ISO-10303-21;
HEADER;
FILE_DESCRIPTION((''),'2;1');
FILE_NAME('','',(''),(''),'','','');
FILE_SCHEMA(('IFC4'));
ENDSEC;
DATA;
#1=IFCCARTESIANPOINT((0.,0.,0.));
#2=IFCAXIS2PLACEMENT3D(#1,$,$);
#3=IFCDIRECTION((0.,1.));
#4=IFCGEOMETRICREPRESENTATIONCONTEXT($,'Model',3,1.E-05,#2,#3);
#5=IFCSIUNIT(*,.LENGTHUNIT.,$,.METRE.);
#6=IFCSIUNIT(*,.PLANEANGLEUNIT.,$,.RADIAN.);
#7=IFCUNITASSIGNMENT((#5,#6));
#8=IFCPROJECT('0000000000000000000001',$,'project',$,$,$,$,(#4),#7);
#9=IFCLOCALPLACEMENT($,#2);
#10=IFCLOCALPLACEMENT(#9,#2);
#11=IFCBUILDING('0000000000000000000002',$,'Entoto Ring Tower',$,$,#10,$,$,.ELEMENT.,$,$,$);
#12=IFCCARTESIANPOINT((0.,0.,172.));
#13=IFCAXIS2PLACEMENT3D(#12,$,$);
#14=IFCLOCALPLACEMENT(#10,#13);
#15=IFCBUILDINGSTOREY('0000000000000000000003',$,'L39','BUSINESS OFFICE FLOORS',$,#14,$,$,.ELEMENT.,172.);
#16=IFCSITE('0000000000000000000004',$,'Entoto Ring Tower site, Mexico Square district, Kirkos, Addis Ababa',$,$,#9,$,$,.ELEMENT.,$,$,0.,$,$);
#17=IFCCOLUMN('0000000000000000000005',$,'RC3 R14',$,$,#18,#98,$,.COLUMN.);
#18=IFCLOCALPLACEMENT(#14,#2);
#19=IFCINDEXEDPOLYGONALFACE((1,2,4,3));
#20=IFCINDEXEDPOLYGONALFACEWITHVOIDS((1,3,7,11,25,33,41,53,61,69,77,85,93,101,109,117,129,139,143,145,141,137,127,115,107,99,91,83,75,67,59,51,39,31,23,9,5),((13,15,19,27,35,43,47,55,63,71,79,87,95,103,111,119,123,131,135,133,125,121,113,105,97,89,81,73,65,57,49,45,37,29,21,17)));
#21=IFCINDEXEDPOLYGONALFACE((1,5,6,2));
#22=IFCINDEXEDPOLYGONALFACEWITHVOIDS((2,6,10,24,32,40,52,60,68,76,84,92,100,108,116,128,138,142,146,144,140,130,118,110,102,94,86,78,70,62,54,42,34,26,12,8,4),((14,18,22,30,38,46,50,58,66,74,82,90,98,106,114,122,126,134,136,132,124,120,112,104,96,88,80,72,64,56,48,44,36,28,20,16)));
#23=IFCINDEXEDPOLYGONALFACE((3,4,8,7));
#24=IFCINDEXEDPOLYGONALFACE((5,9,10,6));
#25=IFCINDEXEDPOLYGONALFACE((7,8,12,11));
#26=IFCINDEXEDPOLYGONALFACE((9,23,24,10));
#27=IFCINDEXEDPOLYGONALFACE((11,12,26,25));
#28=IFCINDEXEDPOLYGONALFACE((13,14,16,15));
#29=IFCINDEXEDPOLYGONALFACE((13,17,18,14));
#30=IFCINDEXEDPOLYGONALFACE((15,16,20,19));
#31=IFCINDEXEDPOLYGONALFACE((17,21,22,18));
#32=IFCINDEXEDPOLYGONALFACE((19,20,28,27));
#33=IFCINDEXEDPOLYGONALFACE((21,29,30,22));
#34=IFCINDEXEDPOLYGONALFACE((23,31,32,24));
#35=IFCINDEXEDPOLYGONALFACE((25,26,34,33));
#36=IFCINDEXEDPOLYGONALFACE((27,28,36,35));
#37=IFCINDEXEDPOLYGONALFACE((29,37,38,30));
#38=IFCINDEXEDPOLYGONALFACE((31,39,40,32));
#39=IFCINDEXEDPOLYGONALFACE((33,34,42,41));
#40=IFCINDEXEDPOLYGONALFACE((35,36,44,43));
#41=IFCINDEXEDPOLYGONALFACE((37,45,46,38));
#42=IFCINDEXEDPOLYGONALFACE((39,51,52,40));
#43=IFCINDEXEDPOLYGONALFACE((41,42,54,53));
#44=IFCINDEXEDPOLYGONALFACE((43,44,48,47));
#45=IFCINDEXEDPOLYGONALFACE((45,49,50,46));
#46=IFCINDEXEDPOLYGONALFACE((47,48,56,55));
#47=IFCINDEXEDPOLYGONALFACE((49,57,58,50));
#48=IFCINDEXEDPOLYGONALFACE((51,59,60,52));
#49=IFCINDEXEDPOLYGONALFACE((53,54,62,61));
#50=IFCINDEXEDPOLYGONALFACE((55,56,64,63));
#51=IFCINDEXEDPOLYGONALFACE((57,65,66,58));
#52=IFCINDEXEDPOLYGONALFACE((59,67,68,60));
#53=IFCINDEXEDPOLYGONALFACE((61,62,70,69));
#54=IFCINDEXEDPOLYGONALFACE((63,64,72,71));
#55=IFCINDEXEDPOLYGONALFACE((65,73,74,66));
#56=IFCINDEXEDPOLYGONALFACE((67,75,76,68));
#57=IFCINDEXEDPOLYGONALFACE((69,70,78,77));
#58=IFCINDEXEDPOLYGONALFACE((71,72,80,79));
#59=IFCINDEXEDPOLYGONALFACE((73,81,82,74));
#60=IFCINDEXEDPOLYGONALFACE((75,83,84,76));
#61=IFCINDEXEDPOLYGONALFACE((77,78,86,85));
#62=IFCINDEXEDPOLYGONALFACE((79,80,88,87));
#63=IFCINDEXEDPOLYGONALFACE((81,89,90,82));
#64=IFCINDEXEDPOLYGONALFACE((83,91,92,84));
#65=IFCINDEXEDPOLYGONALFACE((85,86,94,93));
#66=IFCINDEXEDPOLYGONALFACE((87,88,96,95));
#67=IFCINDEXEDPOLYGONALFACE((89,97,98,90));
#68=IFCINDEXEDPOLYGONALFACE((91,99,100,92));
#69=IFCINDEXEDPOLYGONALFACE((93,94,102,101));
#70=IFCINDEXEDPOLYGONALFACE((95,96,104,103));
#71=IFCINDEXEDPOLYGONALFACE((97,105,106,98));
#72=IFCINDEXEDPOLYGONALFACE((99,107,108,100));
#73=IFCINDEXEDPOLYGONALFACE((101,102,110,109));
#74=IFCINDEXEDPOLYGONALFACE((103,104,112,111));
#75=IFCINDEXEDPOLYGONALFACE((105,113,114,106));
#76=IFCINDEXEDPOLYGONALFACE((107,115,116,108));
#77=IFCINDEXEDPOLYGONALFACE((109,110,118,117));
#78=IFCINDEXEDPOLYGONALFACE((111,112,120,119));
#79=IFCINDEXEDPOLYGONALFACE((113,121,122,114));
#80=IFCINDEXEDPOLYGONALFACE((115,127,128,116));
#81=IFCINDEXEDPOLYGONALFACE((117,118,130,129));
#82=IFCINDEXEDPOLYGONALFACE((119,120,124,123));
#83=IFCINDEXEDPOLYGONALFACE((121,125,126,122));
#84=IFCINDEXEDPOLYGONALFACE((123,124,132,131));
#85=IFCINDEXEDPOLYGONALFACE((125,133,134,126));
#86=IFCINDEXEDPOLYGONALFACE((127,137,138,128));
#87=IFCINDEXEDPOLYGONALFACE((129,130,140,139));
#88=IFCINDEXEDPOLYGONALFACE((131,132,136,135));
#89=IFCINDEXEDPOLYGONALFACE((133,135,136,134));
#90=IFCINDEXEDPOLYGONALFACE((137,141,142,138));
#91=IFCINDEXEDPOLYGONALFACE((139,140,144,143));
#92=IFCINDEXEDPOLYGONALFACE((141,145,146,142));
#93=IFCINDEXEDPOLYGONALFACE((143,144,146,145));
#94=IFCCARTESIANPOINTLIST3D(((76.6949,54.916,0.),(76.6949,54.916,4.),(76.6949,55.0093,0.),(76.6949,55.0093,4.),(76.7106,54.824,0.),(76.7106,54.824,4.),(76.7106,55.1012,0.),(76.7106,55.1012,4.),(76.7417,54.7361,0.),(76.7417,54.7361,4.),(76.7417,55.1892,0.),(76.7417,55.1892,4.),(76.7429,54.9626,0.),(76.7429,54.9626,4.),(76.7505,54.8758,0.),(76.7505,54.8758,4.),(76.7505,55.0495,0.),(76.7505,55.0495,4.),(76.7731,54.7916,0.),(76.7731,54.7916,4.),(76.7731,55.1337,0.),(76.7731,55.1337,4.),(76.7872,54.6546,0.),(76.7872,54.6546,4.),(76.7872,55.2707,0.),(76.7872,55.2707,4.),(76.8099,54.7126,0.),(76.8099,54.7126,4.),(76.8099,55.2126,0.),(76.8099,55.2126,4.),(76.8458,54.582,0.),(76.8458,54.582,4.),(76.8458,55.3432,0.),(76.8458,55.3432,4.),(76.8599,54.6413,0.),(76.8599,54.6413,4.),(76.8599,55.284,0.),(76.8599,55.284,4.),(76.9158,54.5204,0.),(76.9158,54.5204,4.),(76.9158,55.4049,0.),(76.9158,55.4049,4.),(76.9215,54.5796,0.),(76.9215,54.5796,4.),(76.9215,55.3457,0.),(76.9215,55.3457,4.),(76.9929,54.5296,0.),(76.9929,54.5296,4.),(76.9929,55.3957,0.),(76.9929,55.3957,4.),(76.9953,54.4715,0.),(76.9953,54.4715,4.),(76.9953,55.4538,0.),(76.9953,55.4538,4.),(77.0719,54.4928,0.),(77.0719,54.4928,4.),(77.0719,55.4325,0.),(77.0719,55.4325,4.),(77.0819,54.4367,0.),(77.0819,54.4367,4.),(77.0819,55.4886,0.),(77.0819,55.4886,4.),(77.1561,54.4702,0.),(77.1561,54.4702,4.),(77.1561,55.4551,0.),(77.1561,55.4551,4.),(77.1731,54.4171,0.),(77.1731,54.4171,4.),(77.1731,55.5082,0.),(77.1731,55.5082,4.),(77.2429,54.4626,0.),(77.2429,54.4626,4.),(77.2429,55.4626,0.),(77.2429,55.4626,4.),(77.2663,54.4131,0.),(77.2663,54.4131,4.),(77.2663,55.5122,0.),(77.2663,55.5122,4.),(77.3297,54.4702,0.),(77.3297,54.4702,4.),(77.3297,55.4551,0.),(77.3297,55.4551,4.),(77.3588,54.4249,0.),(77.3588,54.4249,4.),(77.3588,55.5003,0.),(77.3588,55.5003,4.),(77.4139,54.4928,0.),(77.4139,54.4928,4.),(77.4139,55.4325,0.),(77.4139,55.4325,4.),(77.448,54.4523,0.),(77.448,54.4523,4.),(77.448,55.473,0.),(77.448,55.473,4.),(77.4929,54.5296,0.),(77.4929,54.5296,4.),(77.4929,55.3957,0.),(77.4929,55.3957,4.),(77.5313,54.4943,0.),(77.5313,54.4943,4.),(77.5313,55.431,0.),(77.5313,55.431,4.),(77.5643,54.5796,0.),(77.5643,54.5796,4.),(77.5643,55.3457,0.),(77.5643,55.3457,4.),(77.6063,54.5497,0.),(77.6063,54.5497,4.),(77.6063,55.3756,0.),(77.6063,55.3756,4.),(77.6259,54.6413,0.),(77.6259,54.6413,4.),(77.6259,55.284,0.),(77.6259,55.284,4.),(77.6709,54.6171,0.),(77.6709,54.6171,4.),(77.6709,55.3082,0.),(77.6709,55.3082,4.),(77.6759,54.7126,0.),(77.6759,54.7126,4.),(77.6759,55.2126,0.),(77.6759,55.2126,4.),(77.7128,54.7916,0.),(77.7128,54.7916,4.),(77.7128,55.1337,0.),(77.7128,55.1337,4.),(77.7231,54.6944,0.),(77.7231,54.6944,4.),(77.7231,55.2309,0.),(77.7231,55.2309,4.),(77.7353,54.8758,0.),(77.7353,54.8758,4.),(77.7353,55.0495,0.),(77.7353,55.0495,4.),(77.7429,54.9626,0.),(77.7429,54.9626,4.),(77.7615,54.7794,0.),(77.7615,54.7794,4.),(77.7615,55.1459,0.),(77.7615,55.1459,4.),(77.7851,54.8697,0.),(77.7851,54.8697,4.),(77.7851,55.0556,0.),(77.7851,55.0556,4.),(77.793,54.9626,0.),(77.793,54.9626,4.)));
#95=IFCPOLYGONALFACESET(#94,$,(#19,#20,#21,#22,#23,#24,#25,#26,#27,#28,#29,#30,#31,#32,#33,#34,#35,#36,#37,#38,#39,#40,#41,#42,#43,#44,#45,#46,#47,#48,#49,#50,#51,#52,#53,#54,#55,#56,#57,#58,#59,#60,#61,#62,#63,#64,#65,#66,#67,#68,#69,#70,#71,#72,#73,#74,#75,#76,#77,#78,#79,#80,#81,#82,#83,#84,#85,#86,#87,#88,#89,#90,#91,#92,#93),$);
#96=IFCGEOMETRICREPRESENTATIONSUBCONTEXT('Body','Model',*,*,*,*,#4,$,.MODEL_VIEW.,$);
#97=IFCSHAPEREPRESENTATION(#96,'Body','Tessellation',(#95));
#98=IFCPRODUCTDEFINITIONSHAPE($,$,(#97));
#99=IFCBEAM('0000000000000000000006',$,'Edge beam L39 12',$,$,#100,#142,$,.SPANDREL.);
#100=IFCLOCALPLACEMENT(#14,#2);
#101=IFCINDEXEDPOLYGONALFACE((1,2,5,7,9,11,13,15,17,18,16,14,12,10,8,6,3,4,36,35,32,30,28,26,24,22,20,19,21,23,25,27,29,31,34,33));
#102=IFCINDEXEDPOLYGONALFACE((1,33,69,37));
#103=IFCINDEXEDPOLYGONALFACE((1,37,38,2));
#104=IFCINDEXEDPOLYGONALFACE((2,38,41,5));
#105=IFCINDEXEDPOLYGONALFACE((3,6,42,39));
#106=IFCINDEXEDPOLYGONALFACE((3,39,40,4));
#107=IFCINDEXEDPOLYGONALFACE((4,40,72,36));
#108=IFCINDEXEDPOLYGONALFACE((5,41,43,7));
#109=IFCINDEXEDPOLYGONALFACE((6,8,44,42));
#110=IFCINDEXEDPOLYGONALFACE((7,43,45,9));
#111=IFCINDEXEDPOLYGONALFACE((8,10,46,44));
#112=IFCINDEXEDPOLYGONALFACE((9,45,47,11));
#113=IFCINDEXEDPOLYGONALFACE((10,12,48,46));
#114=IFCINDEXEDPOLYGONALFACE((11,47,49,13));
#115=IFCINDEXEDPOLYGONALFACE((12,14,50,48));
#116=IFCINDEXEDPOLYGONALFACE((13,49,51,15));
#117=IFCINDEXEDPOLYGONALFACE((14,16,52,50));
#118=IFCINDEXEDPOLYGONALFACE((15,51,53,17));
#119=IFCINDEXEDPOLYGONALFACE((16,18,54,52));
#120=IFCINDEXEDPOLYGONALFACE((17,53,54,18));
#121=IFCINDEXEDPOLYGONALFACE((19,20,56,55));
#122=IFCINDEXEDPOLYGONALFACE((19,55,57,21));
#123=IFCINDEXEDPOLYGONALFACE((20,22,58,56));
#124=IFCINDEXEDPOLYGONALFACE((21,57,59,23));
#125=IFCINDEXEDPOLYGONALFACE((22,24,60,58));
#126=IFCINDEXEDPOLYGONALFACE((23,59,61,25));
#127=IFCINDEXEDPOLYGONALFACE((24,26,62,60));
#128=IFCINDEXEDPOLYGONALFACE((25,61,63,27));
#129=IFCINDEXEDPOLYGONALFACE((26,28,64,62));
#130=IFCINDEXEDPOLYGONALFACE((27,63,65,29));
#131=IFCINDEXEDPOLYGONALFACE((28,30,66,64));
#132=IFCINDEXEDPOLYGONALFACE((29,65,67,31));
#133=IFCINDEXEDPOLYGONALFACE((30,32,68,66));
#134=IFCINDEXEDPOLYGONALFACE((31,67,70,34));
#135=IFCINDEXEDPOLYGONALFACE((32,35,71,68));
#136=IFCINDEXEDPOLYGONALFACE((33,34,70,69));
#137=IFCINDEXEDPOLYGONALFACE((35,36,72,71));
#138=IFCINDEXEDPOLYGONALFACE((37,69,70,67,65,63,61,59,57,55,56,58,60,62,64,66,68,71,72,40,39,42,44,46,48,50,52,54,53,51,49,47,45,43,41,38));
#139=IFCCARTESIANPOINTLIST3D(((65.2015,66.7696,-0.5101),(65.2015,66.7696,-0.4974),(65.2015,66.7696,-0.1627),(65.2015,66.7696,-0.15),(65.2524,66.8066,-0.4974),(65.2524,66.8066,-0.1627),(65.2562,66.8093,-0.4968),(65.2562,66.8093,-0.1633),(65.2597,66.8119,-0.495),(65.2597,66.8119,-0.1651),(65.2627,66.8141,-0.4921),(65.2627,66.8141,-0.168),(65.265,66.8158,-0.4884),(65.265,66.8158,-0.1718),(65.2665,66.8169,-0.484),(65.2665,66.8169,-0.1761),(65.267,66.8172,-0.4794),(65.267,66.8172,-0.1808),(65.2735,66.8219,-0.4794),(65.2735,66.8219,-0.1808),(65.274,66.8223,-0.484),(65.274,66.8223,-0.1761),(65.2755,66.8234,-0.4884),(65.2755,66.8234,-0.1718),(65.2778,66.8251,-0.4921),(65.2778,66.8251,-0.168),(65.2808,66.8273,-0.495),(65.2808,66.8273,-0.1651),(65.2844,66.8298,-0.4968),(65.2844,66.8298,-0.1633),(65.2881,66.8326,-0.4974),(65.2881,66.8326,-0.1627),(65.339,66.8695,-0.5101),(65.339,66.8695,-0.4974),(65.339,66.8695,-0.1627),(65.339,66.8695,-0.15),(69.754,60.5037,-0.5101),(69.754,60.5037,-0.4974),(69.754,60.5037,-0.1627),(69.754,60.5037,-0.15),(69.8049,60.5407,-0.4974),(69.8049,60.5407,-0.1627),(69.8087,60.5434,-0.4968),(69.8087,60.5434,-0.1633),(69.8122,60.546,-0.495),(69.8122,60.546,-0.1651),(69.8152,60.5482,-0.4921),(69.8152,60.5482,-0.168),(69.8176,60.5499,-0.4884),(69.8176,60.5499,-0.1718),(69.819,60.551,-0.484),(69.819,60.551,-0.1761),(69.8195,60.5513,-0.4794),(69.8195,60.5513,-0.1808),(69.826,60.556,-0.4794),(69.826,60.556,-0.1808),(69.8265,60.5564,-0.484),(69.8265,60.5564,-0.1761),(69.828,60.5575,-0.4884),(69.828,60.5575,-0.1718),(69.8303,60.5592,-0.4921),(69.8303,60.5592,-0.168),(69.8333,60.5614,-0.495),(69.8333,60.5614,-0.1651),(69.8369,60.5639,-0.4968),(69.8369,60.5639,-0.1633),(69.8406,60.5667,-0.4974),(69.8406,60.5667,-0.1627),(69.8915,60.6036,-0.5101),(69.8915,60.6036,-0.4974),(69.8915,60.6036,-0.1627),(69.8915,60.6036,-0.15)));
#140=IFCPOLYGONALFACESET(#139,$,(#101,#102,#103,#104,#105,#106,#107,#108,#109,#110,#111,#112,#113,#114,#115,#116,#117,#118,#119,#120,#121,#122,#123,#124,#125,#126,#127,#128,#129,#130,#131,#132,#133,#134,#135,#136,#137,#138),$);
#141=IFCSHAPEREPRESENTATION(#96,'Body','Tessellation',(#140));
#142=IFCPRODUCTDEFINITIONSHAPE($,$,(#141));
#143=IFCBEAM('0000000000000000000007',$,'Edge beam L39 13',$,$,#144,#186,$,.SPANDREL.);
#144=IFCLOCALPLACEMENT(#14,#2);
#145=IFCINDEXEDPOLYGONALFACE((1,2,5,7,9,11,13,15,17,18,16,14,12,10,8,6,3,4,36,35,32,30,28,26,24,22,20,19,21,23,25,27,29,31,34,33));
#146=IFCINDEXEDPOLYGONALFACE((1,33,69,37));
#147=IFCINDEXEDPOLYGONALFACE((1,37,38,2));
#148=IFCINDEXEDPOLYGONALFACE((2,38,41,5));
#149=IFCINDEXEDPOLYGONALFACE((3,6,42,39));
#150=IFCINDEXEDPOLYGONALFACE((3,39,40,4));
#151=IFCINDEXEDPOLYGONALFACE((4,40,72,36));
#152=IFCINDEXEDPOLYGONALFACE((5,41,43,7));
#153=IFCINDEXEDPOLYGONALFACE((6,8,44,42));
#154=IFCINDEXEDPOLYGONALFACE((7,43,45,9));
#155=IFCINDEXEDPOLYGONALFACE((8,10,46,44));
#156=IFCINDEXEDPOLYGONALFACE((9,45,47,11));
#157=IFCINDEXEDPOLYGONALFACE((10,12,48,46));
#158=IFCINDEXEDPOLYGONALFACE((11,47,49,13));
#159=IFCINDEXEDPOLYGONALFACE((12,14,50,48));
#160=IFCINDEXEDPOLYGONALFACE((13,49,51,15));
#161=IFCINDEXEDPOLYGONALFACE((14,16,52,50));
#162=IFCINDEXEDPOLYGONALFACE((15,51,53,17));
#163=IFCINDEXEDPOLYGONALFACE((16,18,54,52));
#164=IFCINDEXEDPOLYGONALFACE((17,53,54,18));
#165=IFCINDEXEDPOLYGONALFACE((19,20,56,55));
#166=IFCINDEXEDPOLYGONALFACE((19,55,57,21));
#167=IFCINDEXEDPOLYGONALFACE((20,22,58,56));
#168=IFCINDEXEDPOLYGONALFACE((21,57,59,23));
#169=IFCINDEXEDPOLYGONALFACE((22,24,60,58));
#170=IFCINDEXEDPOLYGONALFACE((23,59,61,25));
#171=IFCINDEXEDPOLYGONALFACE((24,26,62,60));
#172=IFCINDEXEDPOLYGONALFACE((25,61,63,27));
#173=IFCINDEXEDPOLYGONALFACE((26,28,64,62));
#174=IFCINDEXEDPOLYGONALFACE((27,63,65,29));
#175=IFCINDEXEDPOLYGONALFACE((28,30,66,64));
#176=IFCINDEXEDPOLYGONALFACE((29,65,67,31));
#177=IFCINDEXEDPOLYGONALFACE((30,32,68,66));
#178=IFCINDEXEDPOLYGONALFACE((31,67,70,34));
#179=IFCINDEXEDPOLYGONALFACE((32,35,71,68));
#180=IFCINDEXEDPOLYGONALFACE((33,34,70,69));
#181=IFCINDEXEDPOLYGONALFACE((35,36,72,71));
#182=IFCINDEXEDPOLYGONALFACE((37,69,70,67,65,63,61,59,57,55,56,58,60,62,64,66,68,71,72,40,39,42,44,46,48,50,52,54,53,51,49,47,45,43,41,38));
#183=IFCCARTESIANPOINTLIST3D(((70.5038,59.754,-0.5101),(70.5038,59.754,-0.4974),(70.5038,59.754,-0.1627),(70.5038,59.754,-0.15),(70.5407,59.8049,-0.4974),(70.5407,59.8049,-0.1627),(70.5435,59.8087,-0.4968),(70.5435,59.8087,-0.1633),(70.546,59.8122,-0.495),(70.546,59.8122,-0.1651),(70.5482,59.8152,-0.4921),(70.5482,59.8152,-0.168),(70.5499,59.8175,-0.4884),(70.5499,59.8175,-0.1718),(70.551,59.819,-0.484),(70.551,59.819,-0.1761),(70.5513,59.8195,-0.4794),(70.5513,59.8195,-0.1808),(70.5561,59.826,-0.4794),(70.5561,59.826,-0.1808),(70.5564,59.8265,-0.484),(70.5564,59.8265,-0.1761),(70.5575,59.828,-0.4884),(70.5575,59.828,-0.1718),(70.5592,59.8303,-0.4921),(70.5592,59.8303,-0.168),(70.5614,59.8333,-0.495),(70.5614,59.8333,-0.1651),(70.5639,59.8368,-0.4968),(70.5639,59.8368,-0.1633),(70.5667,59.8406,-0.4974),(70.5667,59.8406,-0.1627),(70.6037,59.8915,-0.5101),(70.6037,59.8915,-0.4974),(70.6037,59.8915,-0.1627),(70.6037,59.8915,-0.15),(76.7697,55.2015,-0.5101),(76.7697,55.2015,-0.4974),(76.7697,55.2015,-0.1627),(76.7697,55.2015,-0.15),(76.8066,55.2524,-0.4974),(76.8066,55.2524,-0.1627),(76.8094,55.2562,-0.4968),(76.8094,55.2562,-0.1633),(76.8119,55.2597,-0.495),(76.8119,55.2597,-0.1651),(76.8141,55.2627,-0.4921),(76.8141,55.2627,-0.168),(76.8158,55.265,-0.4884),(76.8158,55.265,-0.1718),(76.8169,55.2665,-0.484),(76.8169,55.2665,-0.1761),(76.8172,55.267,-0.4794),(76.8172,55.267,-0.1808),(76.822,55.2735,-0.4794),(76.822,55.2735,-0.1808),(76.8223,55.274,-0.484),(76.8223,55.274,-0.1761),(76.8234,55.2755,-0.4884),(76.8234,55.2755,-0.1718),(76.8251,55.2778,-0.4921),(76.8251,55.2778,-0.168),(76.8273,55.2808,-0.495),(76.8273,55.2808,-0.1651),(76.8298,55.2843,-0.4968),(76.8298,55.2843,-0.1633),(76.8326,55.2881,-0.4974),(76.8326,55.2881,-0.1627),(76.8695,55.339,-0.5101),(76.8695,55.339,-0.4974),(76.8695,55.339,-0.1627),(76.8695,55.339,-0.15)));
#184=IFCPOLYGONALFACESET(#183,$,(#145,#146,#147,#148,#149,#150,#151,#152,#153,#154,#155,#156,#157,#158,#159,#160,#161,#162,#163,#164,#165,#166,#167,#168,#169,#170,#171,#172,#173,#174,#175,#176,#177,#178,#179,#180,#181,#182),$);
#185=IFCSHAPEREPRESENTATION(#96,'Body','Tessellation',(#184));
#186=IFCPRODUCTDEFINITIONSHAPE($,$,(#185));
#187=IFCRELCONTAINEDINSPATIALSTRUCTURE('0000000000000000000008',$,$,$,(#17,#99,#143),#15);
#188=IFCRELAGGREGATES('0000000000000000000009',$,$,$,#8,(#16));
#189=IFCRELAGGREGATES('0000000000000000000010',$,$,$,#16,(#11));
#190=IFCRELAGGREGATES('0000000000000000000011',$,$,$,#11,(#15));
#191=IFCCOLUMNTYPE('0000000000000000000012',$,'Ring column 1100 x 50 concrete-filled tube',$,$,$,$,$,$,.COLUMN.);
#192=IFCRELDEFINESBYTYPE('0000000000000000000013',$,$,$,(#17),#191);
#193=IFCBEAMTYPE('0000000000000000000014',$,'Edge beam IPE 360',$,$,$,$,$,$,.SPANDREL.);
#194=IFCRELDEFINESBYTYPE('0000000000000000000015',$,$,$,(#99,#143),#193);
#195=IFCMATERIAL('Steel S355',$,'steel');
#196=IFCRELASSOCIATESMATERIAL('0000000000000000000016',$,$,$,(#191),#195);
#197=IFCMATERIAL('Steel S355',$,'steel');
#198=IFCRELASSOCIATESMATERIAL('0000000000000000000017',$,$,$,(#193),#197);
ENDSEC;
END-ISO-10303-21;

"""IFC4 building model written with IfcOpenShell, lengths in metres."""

from ifc_helpers import new_model, si_unit, direction, frame, origin, origin_2d, place, context, subcontext, project, spatial, circle, hollow_circle, i_section, extrude, material, material_profile, profile_set, type_object, element, save


model = new_model("IFC4")

# Units and contexts
model_context = context("Model", 3, precision=1e-05, world=origin(), true_north=direction((0.0, 1.0)))
body_context = subcontext(model_context, "Body", "Model", "MODEL_VIEW")
ifc_project = project(units=[si_unit("LENGTHUNIT", "METRE"), si_unit("PLANEANGLEUNIT", "RADIAN")], contexts=[model_context])

# Site, building, storey
site_placement = place(None, origin())
site = spatial("IfcSite", under=ifc_project, at=site_placement, Name="Entoto Ring Tower site, Mexico Square district, Kirkos, Addis Ababa", CompositionType="ELEMENT", RefElevation=0.0)
building_placement = place(site_placement, origin())
building = spatial("IfcBuilding", under=site, at=building_placement, Name="Entoto Ring Tower", CompositionType="ELEMENT")
storey_placement = place(building_placement, frame((0.0, 0.0, 172.0)))
storey = spatial("IfcBuildingStorey", under=building, at=storey_placement, Name="L39", Description="BUSINESS OFFICE FLOORS", CompositionType="ELEMENT", Elevation=172.0)

# Column
ifc_material_1 = material(Name="Steel S355", Category="steel")
ifc_material_profile_1 = material_profile(ifc_material_1, hollow_circle(Radius=0.55, WallThickness=0.05, at=origin_2d()), Name="CHS 1100 x 50")
ifc_material_2 = material(Name="Concrete C60/75", Category="concrete")
ifc_material_profile_2 = material_profile(ifc_material_2, circle(Radius=0.5, at=origin_2d()), Name="Concrete C60/75 infill")
ifc_profile_set_1 = profile_set([ifc_material_profile_1, ifc_material_profile_2], Name="Steel S355")
column_type = type_object("IfcColumnType", Name="Ring column 1100 x 50 concrete-filled tube", PredefinedType="COLUMN", material=ifc_profile_set_1)
for number, where, z_axis, x_axis, name in (
    (1, (77.2429, 54.9626, 0.0), (0.0, 0.0, 1.0), (1.0, 0.0, 0.0), "RC3 R14"),
):
    element("IfcColumn", number, at=place(storey_placement, frame(where, z_axis=z_axis, x_axis=x_axis)), inside=storey, type_object=column_type, Name=name, PredefinedType="COLUMN", context=body_context, shape_type="SweptSolid", body=[
        extrude(hollow_circle(Radius=0.55, WallThickness=0.05, at=origin_2d()), origin(), (0.0, 0.0, 1.0), 4.0),
    ])

# Beams
ifc_material_3 = material(Name="Steel S355", Category="steel")
ifc_material_profile_3 = material_profile(ifc_material_3, i_section(OverallWidth=0.1699, OverallDepth=0.3601, WebThickness=0.0081, FlangeThickness=0.0127, FilletRadius=0.0181, at=origin_2d()), Name="IPE 360")
ifc_profile_set_2 = profile_set([ifc_material_profile_3], Name="Steel S355")
beam_type_1 = type_object("IfcBeamType", Name="Edge beam IPE 360", PredefinedType="SPANDREL", material=ifc_profile_set_2)
for number, where, z_axis, x_axis, name in (
    (2, (65.2703, 66.8196, -0.3301), (0.587791, -0.809013, 0.0), (0.809013, 0.587791, 0.0), "Edge beam L39 12"),
    (3, (70.5537, 59.8228, -0.3301), (0.809013, -0.587791, 0.0), (0.587791, 0.809013, 0.0), "Edge beam L39 13"),
):
    element("IfcBeam", number, at=place(storey_placement, frame(where, z_axis=z_axis, x_axis=x_axis)), inside=storey, type_object=beam_type_1, Name=name, PredefinedType="SPANDREL", context=body_context, shape_type="SweptSolid", body=[
        extrude(i_section(OverallWidth=0.1699, OverallDepth=0.3601, WebThickness=0.0081, FlangeThickness=0.0127, FilletRadius=0.0181, at=origin_2d()), origin(), (0.0, 0.0, 1.0), 7.7451),
    ])

save(model, "model.ifc")
